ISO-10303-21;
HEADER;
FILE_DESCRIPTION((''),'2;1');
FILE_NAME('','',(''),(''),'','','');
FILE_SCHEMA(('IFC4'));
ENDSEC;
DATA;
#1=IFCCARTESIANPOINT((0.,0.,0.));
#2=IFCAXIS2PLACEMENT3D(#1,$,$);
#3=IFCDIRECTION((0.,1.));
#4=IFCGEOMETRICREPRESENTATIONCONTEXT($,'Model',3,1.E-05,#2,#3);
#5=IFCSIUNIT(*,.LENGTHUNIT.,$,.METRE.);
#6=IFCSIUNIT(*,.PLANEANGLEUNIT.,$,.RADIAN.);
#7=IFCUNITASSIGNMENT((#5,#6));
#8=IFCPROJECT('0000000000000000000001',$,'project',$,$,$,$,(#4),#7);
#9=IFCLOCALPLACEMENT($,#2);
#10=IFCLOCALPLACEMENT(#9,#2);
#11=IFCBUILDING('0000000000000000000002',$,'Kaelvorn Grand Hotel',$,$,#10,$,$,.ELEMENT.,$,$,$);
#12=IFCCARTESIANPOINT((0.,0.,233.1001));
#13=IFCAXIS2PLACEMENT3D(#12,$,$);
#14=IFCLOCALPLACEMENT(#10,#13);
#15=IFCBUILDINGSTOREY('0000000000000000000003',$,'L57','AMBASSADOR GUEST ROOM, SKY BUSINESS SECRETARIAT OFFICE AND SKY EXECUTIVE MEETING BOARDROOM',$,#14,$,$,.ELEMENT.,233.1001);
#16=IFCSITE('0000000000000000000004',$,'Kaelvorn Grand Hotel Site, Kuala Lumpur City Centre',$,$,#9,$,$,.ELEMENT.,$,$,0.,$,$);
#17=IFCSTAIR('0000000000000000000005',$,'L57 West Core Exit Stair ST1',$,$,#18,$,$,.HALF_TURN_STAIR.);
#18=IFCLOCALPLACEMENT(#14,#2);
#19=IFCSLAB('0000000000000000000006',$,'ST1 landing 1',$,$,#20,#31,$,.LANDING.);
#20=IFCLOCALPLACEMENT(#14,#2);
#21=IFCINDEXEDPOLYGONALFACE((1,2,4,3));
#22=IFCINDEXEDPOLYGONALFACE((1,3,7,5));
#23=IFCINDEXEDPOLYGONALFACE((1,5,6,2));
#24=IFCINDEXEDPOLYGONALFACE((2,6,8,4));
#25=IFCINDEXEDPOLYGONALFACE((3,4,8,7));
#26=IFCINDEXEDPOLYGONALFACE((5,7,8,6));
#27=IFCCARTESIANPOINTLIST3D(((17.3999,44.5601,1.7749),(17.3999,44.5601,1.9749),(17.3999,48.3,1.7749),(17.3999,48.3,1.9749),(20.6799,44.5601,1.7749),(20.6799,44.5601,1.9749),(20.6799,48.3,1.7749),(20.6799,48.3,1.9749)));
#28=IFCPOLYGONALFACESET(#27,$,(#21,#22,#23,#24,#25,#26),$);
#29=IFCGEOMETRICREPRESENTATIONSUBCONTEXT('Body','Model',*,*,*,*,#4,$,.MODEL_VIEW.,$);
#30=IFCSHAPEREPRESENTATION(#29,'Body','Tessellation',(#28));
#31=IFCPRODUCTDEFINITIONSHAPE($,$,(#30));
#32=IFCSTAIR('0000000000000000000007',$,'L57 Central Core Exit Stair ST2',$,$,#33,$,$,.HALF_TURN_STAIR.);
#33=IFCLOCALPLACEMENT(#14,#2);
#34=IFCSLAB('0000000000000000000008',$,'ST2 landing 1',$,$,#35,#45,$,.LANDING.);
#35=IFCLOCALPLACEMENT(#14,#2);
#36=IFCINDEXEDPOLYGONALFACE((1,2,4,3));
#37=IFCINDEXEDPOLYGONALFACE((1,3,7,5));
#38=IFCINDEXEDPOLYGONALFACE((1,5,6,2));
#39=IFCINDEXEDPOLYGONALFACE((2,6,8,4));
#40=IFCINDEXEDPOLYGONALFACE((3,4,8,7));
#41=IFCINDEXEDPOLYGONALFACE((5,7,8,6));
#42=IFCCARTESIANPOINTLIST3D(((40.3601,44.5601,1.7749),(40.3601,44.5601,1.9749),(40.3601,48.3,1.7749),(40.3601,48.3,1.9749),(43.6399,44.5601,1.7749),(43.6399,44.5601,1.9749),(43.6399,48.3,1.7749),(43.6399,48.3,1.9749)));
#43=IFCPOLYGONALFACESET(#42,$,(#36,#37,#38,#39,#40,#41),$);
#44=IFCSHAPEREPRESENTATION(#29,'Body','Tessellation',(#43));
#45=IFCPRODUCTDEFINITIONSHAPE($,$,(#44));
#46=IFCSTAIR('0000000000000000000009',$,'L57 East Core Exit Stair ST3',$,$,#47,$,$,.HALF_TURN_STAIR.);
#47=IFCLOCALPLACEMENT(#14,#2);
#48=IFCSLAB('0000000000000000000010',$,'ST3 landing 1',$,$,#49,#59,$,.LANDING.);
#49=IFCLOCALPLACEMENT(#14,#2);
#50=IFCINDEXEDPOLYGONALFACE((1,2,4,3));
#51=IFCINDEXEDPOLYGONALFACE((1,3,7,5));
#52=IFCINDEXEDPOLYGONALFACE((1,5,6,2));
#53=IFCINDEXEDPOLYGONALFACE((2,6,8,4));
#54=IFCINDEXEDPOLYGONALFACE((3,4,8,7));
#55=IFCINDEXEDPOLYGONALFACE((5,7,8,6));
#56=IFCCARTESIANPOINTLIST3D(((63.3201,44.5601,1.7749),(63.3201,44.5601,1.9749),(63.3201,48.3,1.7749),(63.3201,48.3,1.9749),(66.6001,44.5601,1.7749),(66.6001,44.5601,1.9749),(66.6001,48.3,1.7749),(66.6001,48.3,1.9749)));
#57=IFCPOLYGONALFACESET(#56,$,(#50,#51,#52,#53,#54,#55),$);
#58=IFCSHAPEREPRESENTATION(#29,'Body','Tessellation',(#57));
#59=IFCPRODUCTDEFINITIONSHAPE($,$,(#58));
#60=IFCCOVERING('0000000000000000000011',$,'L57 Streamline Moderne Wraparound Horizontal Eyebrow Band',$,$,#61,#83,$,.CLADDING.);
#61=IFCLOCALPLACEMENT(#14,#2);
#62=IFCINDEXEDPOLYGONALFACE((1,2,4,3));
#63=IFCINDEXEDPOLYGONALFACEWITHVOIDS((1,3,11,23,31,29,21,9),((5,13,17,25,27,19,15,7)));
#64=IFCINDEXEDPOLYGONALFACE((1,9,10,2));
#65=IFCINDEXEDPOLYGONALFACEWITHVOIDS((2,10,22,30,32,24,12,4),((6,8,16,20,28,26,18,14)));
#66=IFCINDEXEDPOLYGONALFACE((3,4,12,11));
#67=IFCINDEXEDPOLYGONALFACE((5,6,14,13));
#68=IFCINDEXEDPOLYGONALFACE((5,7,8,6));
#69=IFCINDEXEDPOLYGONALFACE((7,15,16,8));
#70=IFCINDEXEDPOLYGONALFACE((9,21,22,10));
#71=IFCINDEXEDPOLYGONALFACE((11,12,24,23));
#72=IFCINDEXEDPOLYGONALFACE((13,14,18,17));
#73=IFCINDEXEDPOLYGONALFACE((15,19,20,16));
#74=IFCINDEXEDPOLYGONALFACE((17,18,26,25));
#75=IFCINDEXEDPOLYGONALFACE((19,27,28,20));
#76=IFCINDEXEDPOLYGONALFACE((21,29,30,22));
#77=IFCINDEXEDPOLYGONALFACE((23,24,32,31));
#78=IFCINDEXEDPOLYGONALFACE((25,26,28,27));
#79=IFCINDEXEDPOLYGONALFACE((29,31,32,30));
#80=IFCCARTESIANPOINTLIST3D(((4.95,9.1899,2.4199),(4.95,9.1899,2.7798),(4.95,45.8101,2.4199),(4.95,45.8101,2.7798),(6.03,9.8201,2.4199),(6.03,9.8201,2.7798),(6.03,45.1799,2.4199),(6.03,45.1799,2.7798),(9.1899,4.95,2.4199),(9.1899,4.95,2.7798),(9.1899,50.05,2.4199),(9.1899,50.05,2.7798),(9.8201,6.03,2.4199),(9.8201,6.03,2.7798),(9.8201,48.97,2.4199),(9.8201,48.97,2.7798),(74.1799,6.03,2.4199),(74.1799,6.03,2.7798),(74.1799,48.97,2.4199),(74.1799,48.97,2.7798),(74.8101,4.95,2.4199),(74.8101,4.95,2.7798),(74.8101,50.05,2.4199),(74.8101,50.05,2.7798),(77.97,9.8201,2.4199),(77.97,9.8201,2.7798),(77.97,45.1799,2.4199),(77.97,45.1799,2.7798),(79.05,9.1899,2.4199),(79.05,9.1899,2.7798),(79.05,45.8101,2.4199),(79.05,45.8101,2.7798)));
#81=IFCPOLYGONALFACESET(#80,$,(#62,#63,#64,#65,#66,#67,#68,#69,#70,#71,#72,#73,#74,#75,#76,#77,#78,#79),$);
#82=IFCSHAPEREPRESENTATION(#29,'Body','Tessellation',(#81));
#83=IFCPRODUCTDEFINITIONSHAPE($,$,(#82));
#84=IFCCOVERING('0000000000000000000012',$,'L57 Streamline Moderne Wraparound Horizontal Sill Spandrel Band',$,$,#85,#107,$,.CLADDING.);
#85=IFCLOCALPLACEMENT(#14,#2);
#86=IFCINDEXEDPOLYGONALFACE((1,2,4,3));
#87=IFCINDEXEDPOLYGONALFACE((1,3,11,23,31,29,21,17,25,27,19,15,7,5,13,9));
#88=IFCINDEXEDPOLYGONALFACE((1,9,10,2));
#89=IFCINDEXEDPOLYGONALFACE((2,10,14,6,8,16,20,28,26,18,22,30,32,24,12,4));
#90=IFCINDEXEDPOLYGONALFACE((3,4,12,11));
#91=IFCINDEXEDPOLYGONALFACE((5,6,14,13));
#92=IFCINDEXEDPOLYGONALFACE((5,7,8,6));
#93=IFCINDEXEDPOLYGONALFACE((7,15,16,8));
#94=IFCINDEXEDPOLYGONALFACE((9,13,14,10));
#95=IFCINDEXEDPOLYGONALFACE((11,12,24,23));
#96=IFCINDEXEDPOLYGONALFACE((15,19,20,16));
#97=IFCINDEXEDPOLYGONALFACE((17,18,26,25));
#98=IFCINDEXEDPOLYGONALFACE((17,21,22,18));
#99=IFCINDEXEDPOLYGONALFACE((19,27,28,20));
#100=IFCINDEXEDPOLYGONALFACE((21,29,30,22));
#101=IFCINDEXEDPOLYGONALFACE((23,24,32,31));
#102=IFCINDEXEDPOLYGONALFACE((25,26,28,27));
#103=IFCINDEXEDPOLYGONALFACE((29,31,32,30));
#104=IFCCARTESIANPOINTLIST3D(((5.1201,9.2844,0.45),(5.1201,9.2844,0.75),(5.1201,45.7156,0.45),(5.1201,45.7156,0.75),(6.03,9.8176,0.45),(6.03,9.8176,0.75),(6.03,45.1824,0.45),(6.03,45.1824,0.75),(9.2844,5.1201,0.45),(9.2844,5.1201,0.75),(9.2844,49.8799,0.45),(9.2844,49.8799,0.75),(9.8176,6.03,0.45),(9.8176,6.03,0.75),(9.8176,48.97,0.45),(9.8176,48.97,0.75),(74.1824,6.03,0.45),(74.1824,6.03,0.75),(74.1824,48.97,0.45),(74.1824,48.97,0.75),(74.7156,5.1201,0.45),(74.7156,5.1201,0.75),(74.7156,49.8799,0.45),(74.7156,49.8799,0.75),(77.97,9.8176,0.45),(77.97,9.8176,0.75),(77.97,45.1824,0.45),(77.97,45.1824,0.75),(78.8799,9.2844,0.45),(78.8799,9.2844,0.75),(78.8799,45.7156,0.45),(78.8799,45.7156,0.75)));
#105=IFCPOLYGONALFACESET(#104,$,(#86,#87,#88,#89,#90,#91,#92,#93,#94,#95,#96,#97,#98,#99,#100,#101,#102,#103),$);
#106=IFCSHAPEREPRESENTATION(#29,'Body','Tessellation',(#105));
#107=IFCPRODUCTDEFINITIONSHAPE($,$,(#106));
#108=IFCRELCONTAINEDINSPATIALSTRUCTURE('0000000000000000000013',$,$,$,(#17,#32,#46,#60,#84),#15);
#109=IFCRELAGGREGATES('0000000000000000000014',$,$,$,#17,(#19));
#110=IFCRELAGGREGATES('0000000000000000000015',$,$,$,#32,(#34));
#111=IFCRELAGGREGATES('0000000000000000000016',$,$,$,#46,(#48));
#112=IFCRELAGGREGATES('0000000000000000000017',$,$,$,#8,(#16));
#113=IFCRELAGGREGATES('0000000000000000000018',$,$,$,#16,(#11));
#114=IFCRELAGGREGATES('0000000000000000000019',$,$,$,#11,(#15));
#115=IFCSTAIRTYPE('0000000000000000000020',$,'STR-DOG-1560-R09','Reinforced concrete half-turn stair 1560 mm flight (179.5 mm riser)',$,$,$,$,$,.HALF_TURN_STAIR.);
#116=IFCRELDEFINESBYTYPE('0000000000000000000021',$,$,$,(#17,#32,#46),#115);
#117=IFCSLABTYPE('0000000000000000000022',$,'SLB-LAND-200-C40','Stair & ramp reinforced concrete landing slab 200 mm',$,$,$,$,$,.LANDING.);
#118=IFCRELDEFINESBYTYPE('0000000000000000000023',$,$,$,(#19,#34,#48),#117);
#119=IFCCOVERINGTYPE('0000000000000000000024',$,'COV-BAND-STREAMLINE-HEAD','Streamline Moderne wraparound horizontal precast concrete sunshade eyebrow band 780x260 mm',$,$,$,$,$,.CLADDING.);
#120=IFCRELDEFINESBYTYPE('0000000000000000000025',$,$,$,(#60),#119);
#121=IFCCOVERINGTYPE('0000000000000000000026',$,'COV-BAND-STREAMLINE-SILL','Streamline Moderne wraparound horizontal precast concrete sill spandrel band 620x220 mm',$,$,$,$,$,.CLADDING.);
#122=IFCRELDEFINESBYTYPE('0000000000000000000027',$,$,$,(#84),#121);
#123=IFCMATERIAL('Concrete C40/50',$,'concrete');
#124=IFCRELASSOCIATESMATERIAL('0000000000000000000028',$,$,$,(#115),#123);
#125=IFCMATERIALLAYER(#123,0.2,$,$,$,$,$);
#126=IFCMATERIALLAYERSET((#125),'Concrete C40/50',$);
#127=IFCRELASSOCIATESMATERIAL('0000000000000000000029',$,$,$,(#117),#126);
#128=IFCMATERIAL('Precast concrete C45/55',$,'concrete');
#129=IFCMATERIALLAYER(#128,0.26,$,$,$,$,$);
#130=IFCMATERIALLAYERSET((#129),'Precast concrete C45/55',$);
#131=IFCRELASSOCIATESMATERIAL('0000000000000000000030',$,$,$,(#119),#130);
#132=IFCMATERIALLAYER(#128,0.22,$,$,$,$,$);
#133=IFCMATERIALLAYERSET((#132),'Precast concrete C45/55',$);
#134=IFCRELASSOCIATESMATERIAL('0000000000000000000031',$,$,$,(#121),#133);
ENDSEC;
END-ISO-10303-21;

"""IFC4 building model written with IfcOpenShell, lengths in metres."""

from ifc_helpers import new_model, si_unit, direction, frame, origin, place, context, subcontext, project, spatial, polyline, outline, extrude, material, layer, layer_set, type_object, element, aggregate, save


model = new_model("IFC4")

# Units and contexts
model_context = context("Model", 3, precision=1e-05, world=origin(), true_north=direction((0.0, 1.0)))
body_context = subcontext(model_context, "Body", "Model", "MODEL_VIEW")
ifc_project = project(units=[si_unit("LENGTHUNIT", "METRE"), si_unit("PLANEANGLEUNIT", "RADIAN")], contexts=[model_context])

# Site, building, storey
site_placement = place(None, origin())
site = spatial("IfcSite", under=ifc_project, at=site_placement, Name="Kaelvorn Grand Hotel Site, Kuala Lumpur City Centre", CompositionType="ELEMENT", RefElevation=0.0)
building_placement = place(site_placement, origin())
building = spatial("IfcBuilding", under=site, at=building_placement, Name="Kaelvorn Grand Hotel", CompositionType="ELEMENT")
storey_placement = place(building_placement, frame((0.0, 0.0, 233.1001)))
storey = spatial("IfcBuildingStorey", under=building, at=storey_placement, Name="L57", Description="AMBASSADOR GUEST ROOM, SKY BUSINESS SECRETARIAT OFFICE AND SKY EXECUTIVE MEETING BOARDROOM", CompositionType="ELEMENT", Elevation=233.1001)

# Shared definitions
ifc_material_1 = material(Name="Precast concrete C45/55", Category="concrete")

# Shared definitions
ifc_material_2 = material(Name="Concrete C40/50", Category="concrete")

# Stairs, slabs
stair_type = type_object("IfcStairType", Name="STR-DOG-1560-R09", Description="Reinforced concrete half-turn stair 1560 mm flight (179.5 mm riser)", PredefinedType="HALF_TURN_STAIR", material=ifc_material_2)
stair_1_placement = place(storey_placement, origin())
stair_1 = element("IfcStair", 1, at=stair_1_placement, inside=storey, type_object=stair_type, Name="L57 West Core Exit Stair ST1", PredefinedType="HALF_TURN_STAIR")
ifc_layer_1 = layer(ifc_material_2, 0.2)
ifc_layer_set_1 = layer_set([ifc_layer_1], Name="Concrete C40/50")
slab_type_1 = type_object("IfcSlabType", Name="SLB-LAND-200-C40", Description="Stair & ramp reinforced concrete landing slab 200 mm", PredefinedType="LANDING", material=ifc_layer_set_1)
slab_1_placement = place(storey_placement, frame((0.0, 0.0, 1.7749)))
slab_1 = element("IfcSlab", 2, at=slab_1_placement, type_object=slab_type_1, Name="ST1 landing 1", PredefinedType="LANDING", context=body_context, shape_type="SweptSolid", body=[
    extrude(outline(polyline([(20.6799, 44.5601), (20.6799, 48.3), (17.3999, 48.3), (17.3999, 44.5601), (20.6799, 44.5601)])), origin(), (0.0, 0.0, 1.0), 0.2),
])
aggregate(stair_1, [slab_1])
stair_2_placement = place(storey_placement, origin())
stair_2 = element("IfcStair", 3, at=stair_2_placement, inside=storey, type_object=stair_type, Name="L57 Central Core Exit Stair ST2", PredefinedType="HALF_TURN_STAIR")
slab_2_placement = place(storey_placement, frame((0.0, 0.0, 1.7749)))
slab_2 = element("IfcSlab", 4, at=slab_2_placement, type_object=slab_type_1, Name="ST2 landing 1", PredefinedType="LANDING", context=body_context, shape_type="SweptSolid", body=[
    extrude(outline(polyline([(43.6399, 44.5601), (43.6399, 48.3), (40.3601, 48.3), (40.3601, 44.5601), (43.6399, 44.5601)])), origin(), (0.0, 0.0, 1.0), 0.2),
])
aggregate(stair_2, [slab_2])
stair_3_placement = place(storey_placement, origin())
stair_3 = element("IfcStair", 5, at=stair_3_placement, inside=storey, type_object=stair_type, Name="L57 East Core Exit Stair ST3", PredefinedType="HALF_TURN_STAIR")
slab_3_placement = place(storey_placement, frame((0.0, 0.0, 1.7749)))
slab_3 = element("IfcSlab", 6, at=slab_3_placement, type_object=slab_type_1, Name="ST3 landing 1", PredefinedType="LANDING", context=body_context, shape_type="SweptSolid", body=[
    extrude(outline(polyline([(66.6001, 44.5601), (66.6001, 48.3), (63.3201, 48.3), (63.3201, 44.5601), (66.6001, 44.5601)])), origin(), (0.0, 0.0, 1.0), 0.2),
])
aggregate(stair_3, [slab_3])

# Coverings
ifc_layer_2 = layer(ifc_material_1, 0.26)
ifc_layer_set_2 = layer_set([ifc_layer_2], Name="Precast concrete C45/55")
covering_type_1 = type_object("IfcCoveringType", Name="COV-BAND-STREAMLINE-HEAD", Description="Streamline Moderne wraparound horizontal precast concrete sunshade eyebrow band 780x260 mm", PredefinedType="CLADDING", material=ifc_layer_set_2)
covering_1_placement = place(storey_placement, frame((0.0, 0.0, 2.4199)))
element("IfcCovering", 7, at=covering_1_placement, inside=storey, type_object=covering_type_1, Name="L57 Streamline Moderne Wraparound Horizontal Eyebrow Band", PredefinedType="CLADDING", context=body_context, shape_type="SweptSolid", body=[
    extrude(outline(polyline([(9.1899, 4.95), (74.8101, 4.95), (79.05, 9.1899), (79.05, 45.8101), (74.8101, 50.05), (9.1899, 50.05), (4.95, 45.8101), (4.95, 9.1899), (9.1899, 4.95)]), holes=[polyline([(9.8201, 6.03), (74.1799, 6.03), (77.97, 9.8201), (77.97, 45.1799), (74.1799, 48.97), (9.8201, 48.97), (6.03, 45.1799), (6.03, 9.8201), (9.8201, 6.03)])]), origin(), (0.0, 0.0, 1.0), 0.3599),
])
ifc_layer_3 = layer(ifc_material_1, 0.22)
ifc_layer_set_3 = layer_set([ifc_layer_3], Name="Precast concrete C45/55")
covering_type_2 = type_object("IfcCoveringType", Name="COV-BAND-STREAMLINE-SILL", Description="Streamline Moderne wraparound horizontal precast concrete sill spandrel band 620x220 mm", PredefinedType="CLADDING", material=ifc_layer_set_3)
covering_2_placement = place(storey_placement, frame((0.0, 0.0, 0.45)))
element("IfcCovering", 8, at=covering_2_placement, inside=storey, type_object=covering_type_2, Name="L57 Streamline Moderne Wraparound Horizontal Sill Spandrel Band", PredefinedType="CLADDING", context=body_context, shape_type="SweptSolid", body=[
    extrude(outline(polyline([(74.7156, 5.1201), (78.8799, 9.2844), (78.8799, 45.7156), (74.7156, 49.8799), (9.2844, 49.8799), (5.1201, 45.7156), (5.1201, 9.2844), (9.2844, 5.1201), (9.8176, 6.03), (6.03, 9.8176), (6.03, 45.1824), (9.8176, 48.97), (74.1824, 48.97), (77.97, 45.1824), (77.97, 9.8176), (74.1824, 6.03), (74.7156, 5.1201)])), origin(), (0.0, 0.0, 1.0), 0.3),
])

save(model, "model.ifc")
